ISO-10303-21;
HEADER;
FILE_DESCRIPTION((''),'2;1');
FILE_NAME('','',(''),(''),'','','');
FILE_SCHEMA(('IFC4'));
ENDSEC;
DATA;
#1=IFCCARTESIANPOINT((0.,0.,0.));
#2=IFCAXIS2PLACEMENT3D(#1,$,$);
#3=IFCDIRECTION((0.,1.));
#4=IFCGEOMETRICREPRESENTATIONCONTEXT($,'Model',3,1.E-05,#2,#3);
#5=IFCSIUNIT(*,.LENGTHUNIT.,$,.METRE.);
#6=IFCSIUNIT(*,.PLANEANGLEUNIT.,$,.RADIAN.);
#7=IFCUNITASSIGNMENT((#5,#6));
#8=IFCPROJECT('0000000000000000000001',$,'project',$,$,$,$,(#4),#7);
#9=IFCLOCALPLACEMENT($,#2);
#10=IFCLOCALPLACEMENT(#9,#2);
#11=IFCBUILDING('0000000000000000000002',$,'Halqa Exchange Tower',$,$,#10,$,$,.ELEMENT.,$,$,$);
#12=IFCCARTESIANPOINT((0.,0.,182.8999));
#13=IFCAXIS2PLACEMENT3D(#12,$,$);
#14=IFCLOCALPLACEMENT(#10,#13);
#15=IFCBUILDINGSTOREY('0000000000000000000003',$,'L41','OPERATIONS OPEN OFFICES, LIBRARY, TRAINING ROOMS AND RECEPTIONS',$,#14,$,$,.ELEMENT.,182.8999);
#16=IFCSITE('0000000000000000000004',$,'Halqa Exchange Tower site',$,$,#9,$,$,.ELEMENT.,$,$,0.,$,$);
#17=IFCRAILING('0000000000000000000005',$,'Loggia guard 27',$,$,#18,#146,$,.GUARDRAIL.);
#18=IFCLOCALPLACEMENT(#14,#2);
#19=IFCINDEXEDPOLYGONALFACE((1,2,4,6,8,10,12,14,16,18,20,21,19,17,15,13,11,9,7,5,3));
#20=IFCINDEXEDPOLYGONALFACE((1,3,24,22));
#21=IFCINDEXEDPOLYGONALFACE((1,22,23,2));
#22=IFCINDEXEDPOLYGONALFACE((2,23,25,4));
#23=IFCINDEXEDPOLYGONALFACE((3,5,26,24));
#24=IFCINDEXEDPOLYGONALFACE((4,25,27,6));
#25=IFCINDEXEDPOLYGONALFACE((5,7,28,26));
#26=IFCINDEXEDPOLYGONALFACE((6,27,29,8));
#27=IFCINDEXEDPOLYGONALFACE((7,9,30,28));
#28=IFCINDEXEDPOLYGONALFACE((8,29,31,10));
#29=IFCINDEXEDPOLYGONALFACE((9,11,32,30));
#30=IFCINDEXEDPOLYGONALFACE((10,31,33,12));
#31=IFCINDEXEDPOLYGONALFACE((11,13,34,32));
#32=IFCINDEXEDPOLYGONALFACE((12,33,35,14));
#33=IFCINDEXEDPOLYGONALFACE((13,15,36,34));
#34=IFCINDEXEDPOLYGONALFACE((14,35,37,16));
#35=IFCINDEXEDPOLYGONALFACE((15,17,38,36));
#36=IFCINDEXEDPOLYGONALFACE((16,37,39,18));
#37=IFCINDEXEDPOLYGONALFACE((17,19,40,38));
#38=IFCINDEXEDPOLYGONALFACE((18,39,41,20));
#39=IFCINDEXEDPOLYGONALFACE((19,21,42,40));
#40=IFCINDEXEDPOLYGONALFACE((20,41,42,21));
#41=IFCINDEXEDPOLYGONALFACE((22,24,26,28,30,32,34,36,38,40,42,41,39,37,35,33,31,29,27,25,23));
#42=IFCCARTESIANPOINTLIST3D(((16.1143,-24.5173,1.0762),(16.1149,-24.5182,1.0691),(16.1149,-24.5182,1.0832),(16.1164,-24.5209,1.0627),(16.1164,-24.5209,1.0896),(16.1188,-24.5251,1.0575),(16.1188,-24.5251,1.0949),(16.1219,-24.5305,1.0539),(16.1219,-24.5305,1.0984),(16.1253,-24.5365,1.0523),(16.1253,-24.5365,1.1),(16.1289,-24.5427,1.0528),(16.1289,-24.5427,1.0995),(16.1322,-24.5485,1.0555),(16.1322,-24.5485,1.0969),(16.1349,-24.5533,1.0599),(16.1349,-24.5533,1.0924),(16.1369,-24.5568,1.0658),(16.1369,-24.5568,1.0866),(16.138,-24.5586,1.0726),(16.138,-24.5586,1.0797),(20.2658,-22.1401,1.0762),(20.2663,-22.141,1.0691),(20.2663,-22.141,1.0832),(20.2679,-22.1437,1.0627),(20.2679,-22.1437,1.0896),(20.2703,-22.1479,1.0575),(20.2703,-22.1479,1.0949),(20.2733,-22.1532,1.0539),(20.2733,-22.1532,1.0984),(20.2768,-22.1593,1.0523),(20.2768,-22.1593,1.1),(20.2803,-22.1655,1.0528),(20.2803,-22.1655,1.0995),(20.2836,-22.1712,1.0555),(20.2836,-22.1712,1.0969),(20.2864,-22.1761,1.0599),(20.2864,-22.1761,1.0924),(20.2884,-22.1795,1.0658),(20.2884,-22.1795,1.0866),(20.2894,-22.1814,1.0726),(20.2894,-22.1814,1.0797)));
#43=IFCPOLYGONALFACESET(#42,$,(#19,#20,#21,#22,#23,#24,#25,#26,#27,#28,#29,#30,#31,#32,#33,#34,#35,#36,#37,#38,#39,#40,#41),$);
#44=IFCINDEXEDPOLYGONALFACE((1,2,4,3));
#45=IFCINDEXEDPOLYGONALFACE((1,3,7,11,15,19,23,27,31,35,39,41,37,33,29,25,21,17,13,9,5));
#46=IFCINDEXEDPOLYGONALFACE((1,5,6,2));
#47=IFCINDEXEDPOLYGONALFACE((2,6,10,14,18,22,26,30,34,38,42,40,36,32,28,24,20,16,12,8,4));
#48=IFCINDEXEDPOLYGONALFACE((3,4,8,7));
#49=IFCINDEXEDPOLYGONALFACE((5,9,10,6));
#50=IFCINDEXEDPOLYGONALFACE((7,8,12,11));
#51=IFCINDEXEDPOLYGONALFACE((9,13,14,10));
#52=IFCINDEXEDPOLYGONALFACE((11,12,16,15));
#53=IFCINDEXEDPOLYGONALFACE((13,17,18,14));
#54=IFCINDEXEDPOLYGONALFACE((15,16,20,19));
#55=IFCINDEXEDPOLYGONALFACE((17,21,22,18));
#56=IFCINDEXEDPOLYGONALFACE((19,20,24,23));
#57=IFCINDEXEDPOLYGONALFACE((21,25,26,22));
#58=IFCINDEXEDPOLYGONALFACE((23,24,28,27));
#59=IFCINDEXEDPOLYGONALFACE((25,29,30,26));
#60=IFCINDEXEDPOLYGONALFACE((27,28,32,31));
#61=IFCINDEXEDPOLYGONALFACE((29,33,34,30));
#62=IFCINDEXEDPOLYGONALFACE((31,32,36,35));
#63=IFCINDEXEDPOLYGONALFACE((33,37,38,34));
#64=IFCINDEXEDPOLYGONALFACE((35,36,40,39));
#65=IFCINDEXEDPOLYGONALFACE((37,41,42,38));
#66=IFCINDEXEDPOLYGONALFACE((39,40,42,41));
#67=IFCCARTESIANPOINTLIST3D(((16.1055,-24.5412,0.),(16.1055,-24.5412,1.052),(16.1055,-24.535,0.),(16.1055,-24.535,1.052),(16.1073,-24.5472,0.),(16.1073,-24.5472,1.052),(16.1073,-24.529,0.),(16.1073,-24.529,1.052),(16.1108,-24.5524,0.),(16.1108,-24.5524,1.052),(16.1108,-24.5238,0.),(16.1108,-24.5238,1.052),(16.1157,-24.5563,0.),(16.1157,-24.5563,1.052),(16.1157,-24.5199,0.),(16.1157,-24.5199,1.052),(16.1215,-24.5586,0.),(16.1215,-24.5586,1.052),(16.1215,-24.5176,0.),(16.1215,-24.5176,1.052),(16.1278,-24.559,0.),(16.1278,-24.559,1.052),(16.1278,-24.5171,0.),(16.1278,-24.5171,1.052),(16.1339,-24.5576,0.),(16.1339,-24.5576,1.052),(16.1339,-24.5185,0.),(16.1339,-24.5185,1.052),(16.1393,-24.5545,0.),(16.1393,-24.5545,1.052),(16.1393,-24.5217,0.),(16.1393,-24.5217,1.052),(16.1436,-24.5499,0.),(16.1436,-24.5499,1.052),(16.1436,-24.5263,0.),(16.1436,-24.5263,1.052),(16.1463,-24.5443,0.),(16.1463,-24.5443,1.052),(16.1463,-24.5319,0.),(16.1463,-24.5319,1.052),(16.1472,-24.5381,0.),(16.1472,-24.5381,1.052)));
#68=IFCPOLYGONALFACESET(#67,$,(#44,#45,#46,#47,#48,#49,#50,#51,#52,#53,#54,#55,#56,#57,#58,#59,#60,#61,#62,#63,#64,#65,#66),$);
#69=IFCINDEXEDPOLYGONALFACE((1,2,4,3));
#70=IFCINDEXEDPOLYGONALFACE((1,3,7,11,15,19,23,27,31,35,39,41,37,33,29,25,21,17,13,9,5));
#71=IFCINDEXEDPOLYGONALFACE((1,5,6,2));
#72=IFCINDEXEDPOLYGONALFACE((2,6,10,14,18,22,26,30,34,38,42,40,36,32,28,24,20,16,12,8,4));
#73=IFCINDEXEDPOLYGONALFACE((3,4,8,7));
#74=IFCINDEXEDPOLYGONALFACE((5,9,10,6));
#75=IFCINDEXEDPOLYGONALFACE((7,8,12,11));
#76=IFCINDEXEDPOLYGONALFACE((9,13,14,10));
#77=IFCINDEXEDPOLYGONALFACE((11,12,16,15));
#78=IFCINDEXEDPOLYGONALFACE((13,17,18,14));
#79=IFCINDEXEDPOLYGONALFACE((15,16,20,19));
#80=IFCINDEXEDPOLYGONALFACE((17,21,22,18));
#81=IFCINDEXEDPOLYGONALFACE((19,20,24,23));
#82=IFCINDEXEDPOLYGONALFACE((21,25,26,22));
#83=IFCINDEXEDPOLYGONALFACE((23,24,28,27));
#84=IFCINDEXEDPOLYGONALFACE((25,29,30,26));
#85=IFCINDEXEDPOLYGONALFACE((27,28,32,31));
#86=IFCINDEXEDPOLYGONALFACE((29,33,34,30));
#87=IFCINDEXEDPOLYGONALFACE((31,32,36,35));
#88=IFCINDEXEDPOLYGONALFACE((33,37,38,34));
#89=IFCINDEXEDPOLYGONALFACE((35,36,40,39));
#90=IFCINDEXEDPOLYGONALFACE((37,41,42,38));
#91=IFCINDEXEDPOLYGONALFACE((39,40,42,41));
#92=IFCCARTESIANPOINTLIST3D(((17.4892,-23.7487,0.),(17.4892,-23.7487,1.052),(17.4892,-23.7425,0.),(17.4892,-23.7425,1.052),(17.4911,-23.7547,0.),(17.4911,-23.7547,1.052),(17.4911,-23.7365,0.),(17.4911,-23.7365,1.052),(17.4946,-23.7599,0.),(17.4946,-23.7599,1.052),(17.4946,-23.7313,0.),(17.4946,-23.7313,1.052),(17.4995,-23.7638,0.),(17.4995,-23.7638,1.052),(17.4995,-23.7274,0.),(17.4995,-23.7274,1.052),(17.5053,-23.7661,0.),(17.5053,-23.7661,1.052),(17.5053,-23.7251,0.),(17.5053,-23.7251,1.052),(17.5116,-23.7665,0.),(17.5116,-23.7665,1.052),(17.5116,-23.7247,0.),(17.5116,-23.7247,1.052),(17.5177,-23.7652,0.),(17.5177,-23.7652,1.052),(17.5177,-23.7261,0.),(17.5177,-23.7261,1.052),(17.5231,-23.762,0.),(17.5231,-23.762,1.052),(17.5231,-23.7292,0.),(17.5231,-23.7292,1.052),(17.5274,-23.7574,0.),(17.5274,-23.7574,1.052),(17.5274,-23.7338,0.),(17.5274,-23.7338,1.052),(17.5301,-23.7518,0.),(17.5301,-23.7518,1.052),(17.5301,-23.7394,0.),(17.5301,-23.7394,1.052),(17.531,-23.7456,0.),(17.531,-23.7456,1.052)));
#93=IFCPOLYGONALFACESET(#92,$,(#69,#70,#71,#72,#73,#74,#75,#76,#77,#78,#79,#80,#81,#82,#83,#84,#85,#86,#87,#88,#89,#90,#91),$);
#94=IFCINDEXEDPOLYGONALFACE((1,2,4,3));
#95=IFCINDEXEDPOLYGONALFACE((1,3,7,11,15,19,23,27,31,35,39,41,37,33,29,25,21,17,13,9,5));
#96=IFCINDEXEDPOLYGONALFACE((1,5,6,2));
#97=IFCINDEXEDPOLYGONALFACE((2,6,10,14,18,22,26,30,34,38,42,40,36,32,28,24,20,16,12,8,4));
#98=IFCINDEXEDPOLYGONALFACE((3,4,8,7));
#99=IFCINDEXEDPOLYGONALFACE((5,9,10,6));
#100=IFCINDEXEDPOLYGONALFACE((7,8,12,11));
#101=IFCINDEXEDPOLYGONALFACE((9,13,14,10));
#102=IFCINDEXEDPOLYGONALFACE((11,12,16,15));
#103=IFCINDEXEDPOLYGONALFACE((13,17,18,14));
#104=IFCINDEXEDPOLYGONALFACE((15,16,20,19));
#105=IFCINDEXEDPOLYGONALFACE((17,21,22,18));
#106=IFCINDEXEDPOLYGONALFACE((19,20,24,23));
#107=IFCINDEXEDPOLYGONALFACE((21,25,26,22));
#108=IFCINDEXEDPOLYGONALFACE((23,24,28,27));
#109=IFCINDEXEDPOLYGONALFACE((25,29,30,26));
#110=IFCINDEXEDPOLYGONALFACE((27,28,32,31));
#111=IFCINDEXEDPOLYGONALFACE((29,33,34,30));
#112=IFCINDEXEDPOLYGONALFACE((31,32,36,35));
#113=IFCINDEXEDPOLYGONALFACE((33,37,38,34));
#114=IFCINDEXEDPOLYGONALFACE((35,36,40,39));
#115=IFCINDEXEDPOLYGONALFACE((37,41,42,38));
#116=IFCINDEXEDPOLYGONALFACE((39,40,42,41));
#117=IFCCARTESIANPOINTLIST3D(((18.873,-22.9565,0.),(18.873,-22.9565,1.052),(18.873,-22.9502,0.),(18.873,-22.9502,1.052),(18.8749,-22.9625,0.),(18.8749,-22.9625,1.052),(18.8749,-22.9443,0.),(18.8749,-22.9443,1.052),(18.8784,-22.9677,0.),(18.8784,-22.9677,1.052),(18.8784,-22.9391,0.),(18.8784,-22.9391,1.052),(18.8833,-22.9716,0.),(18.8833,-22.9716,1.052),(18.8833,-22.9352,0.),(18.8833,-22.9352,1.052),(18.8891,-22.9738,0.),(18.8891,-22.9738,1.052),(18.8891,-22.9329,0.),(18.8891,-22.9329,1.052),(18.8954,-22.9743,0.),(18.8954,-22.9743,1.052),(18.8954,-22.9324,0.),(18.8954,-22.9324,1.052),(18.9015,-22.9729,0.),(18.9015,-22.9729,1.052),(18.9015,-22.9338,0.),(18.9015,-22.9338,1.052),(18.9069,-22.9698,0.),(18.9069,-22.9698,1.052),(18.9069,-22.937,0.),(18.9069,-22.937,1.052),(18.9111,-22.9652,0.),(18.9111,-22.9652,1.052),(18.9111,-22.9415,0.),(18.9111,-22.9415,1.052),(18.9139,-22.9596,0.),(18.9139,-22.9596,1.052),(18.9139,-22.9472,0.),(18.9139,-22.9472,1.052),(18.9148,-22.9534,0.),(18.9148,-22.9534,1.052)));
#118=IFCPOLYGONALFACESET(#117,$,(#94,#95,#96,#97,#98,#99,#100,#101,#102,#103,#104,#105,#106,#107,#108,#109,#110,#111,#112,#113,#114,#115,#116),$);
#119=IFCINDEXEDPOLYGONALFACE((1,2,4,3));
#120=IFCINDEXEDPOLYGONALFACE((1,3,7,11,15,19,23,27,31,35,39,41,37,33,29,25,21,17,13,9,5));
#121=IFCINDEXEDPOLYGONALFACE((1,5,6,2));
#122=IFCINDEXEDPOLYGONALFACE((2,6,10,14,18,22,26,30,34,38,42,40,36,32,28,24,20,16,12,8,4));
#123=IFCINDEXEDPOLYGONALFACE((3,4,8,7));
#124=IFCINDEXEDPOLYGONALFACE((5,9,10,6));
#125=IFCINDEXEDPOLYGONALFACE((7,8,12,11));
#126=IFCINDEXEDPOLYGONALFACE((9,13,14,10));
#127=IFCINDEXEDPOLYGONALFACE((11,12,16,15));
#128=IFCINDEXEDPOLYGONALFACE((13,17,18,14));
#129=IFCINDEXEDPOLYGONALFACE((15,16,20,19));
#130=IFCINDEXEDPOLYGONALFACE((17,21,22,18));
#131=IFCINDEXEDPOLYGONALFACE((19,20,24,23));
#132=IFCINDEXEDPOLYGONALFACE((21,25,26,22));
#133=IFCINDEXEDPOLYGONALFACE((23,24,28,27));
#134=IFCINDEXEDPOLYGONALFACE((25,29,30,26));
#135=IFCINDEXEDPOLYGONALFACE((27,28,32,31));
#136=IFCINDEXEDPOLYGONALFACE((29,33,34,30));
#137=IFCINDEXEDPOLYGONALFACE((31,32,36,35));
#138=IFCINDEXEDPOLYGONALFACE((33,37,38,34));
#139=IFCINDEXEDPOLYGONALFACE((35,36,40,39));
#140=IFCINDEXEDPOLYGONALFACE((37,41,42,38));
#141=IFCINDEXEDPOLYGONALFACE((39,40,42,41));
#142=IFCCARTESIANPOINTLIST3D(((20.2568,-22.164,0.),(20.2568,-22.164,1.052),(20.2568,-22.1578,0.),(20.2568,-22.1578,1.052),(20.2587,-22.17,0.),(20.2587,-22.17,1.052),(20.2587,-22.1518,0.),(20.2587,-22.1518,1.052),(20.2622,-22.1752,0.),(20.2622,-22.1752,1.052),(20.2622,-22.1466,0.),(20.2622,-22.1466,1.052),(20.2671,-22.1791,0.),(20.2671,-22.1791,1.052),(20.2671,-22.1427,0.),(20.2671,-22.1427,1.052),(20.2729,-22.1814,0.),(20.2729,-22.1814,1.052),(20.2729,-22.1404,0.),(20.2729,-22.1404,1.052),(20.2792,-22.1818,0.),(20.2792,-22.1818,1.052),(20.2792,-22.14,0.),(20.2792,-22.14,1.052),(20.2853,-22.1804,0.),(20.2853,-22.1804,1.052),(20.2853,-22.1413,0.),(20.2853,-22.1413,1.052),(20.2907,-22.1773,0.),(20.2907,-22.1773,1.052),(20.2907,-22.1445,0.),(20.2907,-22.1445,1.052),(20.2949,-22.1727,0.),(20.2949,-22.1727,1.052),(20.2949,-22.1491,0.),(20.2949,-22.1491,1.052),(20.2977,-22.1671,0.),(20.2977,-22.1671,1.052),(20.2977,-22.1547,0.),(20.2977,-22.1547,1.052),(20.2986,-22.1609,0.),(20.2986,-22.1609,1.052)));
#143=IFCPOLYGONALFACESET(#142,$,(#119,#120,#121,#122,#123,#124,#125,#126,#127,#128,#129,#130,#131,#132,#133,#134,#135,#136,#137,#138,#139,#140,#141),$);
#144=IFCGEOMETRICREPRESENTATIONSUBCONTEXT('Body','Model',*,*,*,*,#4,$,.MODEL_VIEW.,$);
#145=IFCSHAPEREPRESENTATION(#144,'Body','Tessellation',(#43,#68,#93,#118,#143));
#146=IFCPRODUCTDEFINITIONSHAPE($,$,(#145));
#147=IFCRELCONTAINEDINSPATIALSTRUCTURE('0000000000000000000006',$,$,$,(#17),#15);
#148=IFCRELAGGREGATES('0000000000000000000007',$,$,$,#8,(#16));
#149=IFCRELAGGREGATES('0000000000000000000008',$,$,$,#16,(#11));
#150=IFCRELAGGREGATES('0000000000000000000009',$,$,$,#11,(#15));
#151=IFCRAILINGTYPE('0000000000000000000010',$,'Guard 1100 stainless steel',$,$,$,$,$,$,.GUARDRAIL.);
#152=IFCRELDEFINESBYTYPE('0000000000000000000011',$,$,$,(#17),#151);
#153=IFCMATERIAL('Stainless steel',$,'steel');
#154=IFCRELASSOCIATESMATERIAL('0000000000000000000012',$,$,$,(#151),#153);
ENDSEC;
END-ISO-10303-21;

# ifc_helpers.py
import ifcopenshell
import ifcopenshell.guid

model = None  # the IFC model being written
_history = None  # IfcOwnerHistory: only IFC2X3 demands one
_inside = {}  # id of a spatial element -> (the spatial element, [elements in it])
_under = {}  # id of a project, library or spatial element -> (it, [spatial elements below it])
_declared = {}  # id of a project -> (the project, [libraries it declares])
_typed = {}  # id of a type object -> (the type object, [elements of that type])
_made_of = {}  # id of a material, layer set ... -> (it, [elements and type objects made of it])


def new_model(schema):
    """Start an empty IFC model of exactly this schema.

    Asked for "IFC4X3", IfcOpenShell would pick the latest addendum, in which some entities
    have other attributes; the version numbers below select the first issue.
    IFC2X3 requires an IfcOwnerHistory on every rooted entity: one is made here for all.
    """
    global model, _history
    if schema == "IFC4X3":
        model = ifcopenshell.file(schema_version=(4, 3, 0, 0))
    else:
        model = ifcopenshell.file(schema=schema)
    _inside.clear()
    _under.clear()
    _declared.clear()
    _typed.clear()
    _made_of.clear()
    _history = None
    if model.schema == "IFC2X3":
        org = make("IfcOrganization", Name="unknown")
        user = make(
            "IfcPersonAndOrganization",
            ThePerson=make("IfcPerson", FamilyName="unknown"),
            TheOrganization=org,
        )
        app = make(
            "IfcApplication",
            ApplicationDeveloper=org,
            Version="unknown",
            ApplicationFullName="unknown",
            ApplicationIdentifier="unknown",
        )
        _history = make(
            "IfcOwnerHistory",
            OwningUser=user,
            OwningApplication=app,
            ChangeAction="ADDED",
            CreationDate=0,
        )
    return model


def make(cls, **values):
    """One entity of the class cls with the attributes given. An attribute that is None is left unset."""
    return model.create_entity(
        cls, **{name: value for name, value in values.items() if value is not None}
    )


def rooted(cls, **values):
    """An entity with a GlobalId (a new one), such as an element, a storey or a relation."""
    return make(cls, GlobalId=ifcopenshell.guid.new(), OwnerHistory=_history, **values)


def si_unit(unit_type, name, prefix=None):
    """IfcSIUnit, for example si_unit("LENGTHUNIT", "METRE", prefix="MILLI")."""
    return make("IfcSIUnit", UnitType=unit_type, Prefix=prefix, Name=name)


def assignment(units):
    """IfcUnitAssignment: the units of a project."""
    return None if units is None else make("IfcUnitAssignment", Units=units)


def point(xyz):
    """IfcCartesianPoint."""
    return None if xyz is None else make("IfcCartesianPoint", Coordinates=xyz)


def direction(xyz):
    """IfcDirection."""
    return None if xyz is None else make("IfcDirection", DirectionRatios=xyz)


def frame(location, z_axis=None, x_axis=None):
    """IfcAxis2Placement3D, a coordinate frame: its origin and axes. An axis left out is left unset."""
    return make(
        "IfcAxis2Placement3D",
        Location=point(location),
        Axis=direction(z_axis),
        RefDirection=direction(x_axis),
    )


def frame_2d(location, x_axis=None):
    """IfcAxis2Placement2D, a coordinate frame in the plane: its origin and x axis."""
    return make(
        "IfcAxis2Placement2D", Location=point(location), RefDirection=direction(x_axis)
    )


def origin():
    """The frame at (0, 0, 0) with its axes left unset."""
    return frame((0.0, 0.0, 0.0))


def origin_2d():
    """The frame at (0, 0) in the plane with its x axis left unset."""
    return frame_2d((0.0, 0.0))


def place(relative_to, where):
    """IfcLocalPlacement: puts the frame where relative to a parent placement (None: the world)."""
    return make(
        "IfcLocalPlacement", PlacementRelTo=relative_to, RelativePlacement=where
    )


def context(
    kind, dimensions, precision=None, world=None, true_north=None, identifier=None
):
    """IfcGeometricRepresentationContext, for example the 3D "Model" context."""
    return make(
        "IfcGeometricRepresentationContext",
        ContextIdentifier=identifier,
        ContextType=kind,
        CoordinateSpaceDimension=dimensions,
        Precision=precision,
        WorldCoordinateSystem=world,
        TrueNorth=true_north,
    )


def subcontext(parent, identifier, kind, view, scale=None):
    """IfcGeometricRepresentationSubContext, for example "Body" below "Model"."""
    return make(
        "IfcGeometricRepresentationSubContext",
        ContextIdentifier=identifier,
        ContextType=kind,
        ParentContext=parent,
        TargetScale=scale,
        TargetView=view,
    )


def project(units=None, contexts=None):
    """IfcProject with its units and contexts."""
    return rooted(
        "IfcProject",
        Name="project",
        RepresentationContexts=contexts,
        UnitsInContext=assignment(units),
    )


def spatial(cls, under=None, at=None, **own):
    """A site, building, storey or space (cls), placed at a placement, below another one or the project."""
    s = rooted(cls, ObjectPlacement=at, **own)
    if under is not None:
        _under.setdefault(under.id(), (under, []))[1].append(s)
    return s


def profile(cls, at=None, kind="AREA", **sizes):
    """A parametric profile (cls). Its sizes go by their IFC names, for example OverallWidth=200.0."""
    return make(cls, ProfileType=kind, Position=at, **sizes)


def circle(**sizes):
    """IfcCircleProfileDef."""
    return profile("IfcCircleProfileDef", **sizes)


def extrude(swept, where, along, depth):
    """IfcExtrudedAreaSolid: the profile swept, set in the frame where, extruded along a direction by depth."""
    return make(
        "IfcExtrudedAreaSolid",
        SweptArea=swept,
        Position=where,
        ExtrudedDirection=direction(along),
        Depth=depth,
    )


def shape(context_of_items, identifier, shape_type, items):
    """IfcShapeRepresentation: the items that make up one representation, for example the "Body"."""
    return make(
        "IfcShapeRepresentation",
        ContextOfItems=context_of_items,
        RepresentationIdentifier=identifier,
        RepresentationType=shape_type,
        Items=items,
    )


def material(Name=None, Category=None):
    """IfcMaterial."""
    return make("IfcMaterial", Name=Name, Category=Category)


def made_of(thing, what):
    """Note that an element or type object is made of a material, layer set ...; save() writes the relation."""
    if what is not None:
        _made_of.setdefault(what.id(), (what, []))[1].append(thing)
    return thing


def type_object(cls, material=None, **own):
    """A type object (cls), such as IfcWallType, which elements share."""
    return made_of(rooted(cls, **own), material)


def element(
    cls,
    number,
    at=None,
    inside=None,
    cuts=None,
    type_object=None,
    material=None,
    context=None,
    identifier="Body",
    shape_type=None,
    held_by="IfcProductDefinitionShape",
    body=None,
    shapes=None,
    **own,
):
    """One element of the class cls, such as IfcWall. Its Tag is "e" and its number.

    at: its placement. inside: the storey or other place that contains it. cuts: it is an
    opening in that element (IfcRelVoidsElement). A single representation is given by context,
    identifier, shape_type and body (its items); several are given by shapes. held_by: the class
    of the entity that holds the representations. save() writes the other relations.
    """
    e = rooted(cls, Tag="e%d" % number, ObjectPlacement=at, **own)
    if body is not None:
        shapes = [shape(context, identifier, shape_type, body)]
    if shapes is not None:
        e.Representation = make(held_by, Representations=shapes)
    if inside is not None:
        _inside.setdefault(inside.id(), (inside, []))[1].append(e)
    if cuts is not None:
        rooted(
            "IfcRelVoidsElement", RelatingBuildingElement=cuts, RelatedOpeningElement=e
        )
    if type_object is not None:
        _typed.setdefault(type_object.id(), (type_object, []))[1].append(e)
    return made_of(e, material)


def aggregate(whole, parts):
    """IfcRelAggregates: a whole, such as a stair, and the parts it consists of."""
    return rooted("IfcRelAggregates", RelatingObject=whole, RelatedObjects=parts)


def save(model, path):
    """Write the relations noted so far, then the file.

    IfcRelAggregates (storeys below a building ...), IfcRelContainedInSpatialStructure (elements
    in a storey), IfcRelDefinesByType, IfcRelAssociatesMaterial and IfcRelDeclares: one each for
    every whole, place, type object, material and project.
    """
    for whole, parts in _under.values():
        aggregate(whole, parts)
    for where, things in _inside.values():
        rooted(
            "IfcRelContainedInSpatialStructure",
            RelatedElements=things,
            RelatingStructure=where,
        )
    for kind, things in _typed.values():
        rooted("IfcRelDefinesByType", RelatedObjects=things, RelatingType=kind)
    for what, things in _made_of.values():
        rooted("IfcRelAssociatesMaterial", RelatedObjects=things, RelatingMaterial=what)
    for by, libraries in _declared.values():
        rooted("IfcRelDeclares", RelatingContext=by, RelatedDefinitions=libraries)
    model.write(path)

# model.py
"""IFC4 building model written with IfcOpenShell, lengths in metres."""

from ifc_helpers import new_model, si_unit, direction, frame, origin, origin_2d, place, context, subcontext, project, spatial, circle, extrude, material, type_object, element, save


model = new_model("IFC4")

# Units and contexts
model_context = context("Model", 3, precision=1e-05, world=origin(), true_north=direction((0.0, 1.0)))
body_context = subcontext(model_context, "Body", "Model", "MODEL_VIEW")
ifc_project = project(units=[si_unit("LENGTHUNIT", "METRE"), si_unit("PLANEANGLEUNIT", "RADIAN")], contexts=[model_context])

# Site, building, storey
site_placement = place(None, origin())
site = spatial("IfcSite", under=ifc_project, at=site_placement, Name="Halqa Exchange Tower site", CompositionType="ELEMENT", RefElevation=0.0)
building_placement = place(site_placement, origin())
building = spatial("IfcBuilding", under=site, at=building_placement, Name="Halqa Exchange Tower", CompositionType="ELEMENT")
storey_placement = place(building_placement, frame((0.0, 0.0, 182.8999)))
storey = spatial("IfcBuildingStorey", under=building, at=storey_placement, Name="L41", Description="OPERATIONS OPEN OFFICES, LIBRARY, TRAINING ROOMS AND RECEPTIONS", CompositionType="ELEMENT", Elevation=182.8999)

# Railing
ifc_material_1 = material(Name="Stainless steel", Category="steel")
railing_type = type_object("IfcRailingType", Name="Guard 1100 stainless steel", PredefinedType="GUARDRAIL", material=ifc_material_1)
railing_1_placement = place(storey_placement, frame((16.1262, -24.5381, 0.0)))
element("IfcRailing", 1, at=railing_1_placement, inside=storey, type_object=railing_type, Name="Loggia guard 27", PredefinedType="GUARDRAIL", context=body_context, shape_type="SweptSolid", body=[
    extrude(circle(Radius=0.0239, at=origin_2d()), frame((0.0, 0.0, 1.0762), z_axis=(0.867794, 0.496925, 0.0), x_axis=(-0.496925, 0.867794, 0.0)), (0.0, 0.0, 1.0), 4.7839),
    extrude(circle(Radius=0.021, at=origin_2d()), origin(), (0.0, 0.0, 1.0), 1.052),
    extrude(circle(Radius=0.021, at=origin_2d()), frame((1.3838, 0.7925, 0.0)), (0.0, 0.0, 1.0), 1.052),
    extrude(circle(Radius=0.021, at=origin_2d()), frame((2.7676, 1.5847, 0.0)), (0.0, 0.0, 1.0), 1.052),
    extrude(circle(Radius=0.021, at=origin_2d()), frame((4.1514, 2.3772, 0.0)), (0.0, 0.0, 1.0), 1.052),
])

save(model, "model.ifc")
